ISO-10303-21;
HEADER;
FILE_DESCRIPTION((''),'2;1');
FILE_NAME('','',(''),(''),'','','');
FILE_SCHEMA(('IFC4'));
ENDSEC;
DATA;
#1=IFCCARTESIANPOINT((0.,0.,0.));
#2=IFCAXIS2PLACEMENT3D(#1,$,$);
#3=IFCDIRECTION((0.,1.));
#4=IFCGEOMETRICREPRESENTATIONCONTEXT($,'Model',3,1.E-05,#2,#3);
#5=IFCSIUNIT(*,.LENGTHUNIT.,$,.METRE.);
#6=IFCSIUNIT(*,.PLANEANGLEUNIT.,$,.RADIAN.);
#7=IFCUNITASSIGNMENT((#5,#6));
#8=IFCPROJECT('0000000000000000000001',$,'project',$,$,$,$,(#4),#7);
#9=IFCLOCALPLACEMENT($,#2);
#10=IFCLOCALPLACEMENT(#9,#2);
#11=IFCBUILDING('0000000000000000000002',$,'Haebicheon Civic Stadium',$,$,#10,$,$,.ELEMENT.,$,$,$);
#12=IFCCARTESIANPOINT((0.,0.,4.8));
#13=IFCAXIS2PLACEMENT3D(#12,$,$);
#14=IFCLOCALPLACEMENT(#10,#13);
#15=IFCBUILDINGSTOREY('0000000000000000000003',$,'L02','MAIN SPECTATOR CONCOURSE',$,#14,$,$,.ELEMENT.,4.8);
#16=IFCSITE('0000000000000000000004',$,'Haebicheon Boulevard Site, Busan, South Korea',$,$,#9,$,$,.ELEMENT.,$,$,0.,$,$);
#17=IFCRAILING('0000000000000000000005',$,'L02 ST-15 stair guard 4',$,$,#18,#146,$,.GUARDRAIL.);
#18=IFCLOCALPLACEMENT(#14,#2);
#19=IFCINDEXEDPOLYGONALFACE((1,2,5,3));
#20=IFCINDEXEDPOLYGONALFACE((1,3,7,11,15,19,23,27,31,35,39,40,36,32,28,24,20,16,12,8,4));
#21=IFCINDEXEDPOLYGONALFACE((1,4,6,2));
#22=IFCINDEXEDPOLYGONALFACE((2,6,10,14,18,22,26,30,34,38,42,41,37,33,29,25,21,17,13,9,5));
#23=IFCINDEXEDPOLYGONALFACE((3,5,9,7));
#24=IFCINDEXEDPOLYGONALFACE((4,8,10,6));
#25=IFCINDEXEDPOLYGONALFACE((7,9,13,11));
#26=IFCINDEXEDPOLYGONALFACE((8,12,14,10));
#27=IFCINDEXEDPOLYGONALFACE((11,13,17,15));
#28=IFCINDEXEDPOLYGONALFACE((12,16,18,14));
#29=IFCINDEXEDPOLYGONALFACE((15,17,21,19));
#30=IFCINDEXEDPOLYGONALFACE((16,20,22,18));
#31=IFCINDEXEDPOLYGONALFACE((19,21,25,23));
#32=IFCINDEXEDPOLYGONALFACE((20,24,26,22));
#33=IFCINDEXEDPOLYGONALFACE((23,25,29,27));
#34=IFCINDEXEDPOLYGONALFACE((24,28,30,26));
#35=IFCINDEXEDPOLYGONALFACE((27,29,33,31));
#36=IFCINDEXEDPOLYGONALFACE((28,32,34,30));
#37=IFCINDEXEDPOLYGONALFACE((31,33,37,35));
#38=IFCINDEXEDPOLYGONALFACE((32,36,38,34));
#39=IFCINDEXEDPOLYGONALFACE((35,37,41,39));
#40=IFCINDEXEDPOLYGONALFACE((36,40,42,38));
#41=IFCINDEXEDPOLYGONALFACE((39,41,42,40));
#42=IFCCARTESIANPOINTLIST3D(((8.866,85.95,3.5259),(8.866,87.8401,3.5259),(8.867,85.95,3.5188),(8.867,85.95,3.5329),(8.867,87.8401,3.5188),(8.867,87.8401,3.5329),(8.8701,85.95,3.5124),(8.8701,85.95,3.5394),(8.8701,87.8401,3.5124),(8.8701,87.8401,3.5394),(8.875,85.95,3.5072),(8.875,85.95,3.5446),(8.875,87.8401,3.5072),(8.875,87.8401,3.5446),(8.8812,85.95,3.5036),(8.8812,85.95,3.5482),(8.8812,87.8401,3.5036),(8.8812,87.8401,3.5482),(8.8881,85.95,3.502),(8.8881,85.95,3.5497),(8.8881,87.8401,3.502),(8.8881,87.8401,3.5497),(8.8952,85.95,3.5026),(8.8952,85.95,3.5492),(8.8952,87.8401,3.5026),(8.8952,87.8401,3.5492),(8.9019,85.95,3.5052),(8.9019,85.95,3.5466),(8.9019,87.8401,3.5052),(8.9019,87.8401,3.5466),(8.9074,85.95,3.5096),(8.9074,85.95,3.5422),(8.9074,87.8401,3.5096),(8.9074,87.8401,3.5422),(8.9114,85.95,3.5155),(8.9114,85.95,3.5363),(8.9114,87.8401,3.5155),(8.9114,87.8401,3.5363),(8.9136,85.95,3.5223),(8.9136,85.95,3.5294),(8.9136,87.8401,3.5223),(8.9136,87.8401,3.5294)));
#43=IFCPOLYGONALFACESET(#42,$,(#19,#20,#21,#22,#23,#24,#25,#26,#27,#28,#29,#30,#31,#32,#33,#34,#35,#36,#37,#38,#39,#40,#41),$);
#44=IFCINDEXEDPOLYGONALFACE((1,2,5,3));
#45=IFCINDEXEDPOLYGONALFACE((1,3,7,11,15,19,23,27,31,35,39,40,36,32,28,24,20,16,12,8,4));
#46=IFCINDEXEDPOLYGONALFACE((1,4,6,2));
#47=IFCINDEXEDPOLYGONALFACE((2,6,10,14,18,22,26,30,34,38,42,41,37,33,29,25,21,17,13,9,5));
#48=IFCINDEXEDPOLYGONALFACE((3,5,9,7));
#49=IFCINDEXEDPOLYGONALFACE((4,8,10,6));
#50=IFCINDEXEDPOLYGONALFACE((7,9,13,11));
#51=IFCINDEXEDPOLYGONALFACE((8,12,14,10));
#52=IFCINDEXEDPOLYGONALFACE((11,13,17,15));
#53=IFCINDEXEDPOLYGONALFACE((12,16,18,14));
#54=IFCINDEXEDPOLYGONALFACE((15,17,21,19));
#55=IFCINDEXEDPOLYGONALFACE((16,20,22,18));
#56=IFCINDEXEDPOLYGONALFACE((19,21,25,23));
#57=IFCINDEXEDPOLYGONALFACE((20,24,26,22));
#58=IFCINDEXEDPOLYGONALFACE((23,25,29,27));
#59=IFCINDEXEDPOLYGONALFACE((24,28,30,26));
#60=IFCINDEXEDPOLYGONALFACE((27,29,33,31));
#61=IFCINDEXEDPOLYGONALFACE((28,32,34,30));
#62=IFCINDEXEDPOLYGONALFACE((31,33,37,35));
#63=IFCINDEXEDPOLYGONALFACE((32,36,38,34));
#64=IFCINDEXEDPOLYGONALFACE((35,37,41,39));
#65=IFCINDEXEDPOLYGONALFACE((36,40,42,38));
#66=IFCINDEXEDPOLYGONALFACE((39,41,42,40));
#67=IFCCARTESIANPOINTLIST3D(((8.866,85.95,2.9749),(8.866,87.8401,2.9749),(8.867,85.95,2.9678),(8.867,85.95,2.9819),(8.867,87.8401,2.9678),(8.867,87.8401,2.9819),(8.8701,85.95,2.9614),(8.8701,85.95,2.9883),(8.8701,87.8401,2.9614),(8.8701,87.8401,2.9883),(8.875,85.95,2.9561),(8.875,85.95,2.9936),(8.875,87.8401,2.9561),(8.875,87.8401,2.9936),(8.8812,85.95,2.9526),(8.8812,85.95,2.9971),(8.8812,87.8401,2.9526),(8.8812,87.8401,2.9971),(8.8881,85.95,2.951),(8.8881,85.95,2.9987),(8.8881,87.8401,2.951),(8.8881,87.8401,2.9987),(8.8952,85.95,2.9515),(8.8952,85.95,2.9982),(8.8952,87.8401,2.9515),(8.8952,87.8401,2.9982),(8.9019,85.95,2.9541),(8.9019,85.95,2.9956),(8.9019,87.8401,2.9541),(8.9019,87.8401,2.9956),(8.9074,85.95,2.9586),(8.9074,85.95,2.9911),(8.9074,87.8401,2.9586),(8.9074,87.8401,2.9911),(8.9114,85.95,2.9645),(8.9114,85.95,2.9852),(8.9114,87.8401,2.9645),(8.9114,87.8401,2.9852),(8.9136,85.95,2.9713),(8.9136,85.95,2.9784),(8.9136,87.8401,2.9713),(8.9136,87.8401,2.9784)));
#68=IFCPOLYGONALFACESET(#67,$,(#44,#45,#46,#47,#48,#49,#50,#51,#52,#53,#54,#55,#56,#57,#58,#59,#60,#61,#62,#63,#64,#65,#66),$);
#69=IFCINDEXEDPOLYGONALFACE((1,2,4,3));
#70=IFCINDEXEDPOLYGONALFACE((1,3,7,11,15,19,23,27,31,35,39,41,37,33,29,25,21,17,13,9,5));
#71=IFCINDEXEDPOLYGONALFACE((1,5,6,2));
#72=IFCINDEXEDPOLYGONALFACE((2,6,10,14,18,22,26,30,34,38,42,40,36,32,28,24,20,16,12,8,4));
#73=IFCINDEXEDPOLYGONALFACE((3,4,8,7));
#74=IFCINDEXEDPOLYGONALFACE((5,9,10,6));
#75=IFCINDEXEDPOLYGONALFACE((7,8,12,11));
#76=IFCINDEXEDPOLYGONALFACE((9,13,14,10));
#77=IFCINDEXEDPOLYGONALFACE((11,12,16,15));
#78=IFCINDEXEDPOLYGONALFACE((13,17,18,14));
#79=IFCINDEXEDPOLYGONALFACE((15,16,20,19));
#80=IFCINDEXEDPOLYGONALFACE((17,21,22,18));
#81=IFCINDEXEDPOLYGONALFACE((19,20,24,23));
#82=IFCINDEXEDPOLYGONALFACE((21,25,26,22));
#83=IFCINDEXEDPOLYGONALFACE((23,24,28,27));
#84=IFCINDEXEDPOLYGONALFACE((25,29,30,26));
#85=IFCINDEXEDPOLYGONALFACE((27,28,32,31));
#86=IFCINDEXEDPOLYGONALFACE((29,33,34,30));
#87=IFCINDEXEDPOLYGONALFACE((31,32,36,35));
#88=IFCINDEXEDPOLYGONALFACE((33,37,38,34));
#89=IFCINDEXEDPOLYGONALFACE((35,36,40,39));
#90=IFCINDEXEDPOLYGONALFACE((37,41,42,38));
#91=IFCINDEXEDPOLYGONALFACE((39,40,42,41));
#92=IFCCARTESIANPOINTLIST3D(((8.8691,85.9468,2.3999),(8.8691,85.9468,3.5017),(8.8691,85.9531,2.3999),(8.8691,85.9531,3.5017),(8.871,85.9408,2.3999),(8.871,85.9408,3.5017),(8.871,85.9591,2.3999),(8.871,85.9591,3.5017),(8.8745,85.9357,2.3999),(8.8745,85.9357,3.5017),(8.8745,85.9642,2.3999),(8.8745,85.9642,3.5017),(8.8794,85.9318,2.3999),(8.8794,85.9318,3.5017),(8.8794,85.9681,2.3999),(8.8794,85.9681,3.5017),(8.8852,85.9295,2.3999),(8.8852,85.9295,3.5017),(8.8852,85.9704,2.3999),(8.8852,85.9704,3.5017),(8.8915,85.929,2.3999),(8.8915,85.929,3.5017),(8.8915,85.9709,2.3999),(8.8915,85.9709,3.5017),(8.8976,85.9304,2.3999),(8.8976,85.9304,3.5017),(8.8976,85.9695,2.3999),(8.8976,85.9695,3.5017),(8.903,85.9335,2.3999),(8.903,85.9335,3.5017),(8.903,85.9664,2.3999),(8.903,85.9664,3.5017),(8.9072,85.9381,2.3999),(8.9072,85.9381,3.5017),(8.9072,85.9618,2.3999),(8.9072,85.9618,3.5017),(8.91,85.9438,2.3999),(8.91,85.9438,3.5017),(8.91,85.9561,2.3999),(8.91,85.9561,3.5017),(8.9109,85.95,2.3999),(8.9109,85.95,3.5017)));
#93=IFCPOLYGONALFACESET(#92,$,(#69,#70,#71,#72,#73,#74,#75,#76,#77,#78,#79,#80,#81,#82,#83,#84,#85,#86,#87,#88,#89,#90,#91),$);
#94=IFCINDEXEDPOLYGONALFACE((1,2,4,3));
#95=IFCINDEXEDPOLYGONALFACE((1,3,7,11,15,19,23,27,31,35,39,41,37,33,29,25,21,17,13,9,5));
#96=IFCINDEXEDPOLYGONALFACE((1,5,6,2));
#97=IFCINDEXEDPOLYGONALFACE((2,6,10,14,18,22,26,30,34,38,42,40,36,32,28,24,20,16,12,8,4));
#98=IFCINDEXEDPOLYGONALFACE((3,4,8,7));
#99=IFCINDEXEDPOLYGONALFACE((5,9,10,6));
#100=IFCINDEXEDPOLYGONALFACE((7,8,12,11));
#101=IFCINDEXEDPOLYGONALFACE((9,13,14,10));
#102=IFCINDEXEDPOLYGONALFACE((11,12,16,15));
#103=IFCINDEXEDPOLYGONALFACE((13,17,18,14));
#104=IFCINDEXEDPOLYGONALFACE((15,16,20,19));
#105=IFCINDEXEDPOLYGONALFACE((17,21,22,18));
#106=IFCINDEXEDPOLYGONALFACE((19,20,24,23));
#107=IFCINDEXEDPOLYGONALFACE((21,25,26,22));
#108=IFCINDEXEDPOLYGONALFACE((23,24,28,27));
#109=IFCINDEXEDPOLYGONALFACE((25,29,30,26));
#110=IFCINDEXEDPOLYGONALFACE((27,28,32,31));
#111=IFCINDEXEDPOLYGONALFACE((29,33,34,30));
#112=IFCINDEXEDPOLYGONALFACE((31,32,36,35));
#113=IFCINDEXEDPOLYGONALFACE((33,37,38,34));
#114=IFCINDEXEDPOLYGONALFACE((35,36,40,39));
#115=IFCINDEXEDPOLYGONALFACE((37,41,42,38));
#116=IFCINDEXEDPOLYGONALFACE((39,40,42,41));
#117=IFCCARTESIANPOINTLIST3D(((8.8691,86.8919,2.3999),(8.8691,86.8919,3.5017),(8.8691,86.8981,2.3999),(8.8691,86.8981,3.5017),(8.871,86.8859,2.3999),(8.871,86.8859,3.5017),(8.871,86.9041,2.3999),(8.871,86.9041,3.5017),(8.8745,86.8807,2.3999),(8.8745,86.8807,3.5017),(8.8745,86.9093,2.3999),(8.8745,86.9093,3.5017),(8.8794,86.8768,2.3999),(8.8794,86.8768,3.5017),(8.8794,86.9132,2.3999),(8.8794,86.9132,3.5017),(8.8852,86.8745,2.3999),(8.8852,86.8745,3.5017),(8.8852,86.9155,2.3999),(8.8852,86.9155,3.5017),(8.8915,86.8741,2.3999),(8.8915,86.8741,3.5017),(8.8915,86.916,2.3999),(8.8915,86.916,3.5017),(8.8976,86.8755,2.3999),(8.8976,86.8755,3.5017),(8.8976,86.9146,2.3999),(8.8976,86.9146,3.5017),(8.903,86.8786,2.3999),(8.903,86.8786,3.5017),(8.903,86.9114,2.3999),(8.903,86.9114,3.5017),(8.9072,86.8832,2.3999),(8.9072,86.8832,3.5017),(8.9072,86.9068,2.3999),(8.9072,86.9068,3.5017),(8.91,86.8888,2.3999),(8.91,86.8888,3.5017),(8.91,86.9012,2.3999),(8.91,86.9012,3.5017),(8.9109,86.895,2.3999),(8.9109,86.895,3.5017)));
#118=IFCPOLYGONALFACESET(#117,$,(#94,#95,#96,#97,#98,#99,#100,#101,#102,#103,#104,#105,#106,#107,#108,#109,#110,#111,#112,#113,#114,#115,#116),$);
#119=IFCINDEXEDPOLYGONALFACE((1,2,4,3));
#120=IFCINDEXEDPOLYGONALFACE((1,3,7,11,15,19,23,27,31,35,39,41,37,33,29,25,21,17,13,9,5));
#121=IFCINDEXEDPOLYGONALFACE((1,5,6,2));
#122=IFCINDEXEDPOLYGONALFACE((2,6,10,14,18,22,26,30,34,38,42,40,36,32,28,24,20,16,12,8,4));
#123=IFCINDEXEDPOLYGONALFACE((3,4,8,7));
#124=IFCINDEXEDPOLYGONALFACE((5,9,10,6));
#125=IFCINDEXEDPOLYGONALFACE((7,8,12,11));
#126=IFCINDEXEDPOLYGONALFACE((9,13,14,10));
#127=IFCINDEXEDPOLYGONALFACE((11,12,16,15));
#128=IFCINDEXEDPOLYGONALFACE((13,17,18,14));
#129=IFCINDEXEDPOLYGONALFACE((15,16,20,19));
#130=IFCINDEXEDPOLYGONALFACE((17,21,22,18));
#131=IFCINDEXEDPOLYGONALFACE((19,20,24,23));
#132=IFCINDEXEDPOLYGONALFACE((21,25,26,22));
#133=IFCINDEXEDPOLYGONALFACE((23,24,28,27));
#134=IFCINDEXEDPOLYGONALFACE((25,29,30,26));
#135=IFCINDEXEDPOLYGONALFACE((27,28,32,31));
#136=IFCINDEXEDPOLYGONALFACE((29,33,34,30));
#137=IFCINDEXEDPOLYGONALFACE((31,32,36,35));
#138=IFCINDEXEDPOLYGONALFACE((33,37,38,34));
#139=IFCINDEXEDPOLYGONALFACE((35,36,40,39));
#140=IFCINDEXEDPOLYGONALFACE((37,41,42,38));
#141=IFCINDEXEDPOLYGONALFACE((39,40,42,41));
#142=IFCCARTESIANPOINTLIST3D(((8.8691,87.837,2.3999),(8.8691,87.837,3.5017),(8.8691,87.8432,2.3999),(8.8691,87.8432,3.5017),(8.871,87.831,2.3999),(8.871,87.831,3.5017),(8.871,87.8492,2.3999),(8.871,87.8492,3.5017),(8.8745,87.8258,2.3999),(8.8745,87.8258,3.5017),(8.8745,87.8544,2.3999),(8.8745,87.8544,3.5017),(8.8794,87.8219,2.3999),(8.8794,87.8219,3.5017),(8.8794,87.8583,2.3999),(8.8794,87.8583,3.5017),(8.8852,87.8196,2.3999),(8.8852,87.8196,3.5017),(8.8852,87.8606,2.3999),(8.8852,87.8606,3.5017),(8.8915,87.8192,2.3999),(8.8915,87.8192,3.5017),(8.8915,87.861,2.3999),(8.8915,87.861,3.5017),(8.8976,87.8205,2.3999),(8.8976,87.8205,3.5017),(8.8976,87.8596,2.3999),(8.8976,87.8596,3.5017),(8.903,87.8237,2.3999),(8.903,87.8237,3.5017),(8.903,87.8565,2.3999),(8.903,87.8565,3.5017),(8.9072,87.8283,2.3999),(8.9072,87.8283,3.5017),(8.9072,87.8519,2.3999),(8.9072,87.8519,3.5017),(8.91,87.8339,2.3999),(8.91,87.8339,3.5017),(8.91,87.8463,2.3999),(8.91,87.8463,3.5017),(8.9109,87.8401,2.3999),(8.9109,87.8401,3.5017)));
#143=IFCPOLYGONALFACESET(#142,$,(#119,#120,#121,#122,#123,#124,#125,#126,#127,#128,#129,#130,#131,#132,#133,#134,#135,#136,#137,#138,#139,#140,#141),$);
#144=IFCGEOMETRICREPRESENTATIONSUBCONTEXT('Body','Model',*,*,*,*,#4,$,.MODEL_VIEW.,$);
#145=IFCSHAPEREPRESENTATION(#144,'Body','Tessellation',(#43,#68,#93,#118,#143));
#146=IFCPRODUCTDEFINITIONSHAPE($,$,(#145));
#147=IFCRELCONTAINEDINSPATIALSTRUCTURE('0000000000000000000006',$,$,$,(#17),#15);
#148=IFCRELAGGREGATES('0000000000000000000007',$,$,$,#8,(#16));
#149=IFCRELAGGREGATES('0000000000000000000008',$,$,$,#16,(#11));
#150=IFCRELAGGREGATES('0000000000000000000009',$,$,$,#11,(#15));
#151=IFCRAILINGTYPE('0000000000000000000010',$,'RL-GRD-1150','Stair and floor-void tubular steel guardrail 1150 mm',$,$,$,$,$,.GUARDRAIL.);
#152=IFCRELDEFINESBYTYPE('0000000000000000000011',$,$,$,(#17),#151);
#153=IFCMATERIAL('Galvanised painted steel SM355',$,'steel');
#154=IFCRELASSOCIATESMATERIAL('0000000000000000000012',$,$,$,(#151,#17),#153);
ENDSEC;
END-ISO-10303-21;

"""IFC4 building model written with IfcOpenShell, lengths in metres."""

from ifc_helpers import new_model, si_unit, direction, frame, origin, origin_2d, place, context, subcontext, project, spatial, circle, extrude, material, type_object, element, save


model = new_model("IFC4")

# Units and contexts
model_context = context("Model", 3, precision=1e-05, world=origin(), true_north=direction((0.0, 1.0)))
body_context = subcontext(model_context, "Body", "Model", "MODEL_VIEW")
ifc_project = project(units=[si_unit("LENGTHUNIT", "METRE"), si_unit("PLANEANGLEUNIT", "RADIAN")], contexts=[model_context])

# Site, building, storey
site_placement = place(None, origin())
site = spatial("IfcSite", under=ifc_project, at=site_placement, Name="Haebicheon Boulevard Site, Busan, South Korea", CompositionType="ELEMENT", RefElevation=0.0)
building_placement = place(site_placement, origin())
building = spatial("IfcBuilding", under=site, at=building_placement, Name="Haebicheon Civic Stadium", CompositionType="ELEMENT")
storey_placement = place(building_placement, frame((0.0, 0.0, 4.8)))
storey = spatial("IfcBuildingStorey", under=building, at=storey_placement, Name="L02", Description="MAIN SPECTATOR CONCOURSE", CompositionType="ELEMENT", Elevation=4.8)

# Railing
ifc_material_1 = material(Name="Galvanised painted steel SM355", Category="steel")
railing_type_1 = type_object("IfcRailingType", Name="RL-GRD-1150", Description="Stair and floor-void tubular steel guardrail 1150 mm", PredefinedType="GUARDRAIL", material=ifc_material_1)
for number, where, name in (
    (1, (8.8899, 85.95, 2.3999), "L02 ST-15 stair guard 4"),
):
    element("IfcRailing", number, at=place(storey_placement, frame(where)), inside=storey, type_object=railing_type_1, material=ifc_material_1, Name=name, PredefinedType="GUARDRAIL", context=body_context, shape_type="SweptSolid", body=[
        extrude(circle(Radius=0.0239, at=origin_2d()), frame((0.0, 0.0, 1.126), z_axis=(0.0, 1.0, 0.0), x_axis=(-1.0, 0.0, 0.0)), (0.0, 0.0, 1.0), 1.8901),
        extrude(circle(Radius=0.0239, at=origin_2d()), frame((0.0, 0.0, 0.575), z_axis=(0.0, 1.0, 0.0), x_axis=(-1.0, 0.0, 0.0)), (0.0, 0.0, 1.0), 1.8901),
        extrude(circle(Radius=0.021, at=origin_2d()), origin(), (0.0, 0.0, 1.0), 1.1018),
        extrude(circle(Radius=0.021, at=origin_2d()), frame((0.0, 0.9451, 0.0)), (0.0, 0.0, 1.0), 1.1018),
        extrude(circle(Radius=0.021, at=origin_2d()), frame((0.0, 1.8901, 0.0)), (0.0, 0.0, 1.0), 1.1018),
    ])

save(model, "model.ifc")
